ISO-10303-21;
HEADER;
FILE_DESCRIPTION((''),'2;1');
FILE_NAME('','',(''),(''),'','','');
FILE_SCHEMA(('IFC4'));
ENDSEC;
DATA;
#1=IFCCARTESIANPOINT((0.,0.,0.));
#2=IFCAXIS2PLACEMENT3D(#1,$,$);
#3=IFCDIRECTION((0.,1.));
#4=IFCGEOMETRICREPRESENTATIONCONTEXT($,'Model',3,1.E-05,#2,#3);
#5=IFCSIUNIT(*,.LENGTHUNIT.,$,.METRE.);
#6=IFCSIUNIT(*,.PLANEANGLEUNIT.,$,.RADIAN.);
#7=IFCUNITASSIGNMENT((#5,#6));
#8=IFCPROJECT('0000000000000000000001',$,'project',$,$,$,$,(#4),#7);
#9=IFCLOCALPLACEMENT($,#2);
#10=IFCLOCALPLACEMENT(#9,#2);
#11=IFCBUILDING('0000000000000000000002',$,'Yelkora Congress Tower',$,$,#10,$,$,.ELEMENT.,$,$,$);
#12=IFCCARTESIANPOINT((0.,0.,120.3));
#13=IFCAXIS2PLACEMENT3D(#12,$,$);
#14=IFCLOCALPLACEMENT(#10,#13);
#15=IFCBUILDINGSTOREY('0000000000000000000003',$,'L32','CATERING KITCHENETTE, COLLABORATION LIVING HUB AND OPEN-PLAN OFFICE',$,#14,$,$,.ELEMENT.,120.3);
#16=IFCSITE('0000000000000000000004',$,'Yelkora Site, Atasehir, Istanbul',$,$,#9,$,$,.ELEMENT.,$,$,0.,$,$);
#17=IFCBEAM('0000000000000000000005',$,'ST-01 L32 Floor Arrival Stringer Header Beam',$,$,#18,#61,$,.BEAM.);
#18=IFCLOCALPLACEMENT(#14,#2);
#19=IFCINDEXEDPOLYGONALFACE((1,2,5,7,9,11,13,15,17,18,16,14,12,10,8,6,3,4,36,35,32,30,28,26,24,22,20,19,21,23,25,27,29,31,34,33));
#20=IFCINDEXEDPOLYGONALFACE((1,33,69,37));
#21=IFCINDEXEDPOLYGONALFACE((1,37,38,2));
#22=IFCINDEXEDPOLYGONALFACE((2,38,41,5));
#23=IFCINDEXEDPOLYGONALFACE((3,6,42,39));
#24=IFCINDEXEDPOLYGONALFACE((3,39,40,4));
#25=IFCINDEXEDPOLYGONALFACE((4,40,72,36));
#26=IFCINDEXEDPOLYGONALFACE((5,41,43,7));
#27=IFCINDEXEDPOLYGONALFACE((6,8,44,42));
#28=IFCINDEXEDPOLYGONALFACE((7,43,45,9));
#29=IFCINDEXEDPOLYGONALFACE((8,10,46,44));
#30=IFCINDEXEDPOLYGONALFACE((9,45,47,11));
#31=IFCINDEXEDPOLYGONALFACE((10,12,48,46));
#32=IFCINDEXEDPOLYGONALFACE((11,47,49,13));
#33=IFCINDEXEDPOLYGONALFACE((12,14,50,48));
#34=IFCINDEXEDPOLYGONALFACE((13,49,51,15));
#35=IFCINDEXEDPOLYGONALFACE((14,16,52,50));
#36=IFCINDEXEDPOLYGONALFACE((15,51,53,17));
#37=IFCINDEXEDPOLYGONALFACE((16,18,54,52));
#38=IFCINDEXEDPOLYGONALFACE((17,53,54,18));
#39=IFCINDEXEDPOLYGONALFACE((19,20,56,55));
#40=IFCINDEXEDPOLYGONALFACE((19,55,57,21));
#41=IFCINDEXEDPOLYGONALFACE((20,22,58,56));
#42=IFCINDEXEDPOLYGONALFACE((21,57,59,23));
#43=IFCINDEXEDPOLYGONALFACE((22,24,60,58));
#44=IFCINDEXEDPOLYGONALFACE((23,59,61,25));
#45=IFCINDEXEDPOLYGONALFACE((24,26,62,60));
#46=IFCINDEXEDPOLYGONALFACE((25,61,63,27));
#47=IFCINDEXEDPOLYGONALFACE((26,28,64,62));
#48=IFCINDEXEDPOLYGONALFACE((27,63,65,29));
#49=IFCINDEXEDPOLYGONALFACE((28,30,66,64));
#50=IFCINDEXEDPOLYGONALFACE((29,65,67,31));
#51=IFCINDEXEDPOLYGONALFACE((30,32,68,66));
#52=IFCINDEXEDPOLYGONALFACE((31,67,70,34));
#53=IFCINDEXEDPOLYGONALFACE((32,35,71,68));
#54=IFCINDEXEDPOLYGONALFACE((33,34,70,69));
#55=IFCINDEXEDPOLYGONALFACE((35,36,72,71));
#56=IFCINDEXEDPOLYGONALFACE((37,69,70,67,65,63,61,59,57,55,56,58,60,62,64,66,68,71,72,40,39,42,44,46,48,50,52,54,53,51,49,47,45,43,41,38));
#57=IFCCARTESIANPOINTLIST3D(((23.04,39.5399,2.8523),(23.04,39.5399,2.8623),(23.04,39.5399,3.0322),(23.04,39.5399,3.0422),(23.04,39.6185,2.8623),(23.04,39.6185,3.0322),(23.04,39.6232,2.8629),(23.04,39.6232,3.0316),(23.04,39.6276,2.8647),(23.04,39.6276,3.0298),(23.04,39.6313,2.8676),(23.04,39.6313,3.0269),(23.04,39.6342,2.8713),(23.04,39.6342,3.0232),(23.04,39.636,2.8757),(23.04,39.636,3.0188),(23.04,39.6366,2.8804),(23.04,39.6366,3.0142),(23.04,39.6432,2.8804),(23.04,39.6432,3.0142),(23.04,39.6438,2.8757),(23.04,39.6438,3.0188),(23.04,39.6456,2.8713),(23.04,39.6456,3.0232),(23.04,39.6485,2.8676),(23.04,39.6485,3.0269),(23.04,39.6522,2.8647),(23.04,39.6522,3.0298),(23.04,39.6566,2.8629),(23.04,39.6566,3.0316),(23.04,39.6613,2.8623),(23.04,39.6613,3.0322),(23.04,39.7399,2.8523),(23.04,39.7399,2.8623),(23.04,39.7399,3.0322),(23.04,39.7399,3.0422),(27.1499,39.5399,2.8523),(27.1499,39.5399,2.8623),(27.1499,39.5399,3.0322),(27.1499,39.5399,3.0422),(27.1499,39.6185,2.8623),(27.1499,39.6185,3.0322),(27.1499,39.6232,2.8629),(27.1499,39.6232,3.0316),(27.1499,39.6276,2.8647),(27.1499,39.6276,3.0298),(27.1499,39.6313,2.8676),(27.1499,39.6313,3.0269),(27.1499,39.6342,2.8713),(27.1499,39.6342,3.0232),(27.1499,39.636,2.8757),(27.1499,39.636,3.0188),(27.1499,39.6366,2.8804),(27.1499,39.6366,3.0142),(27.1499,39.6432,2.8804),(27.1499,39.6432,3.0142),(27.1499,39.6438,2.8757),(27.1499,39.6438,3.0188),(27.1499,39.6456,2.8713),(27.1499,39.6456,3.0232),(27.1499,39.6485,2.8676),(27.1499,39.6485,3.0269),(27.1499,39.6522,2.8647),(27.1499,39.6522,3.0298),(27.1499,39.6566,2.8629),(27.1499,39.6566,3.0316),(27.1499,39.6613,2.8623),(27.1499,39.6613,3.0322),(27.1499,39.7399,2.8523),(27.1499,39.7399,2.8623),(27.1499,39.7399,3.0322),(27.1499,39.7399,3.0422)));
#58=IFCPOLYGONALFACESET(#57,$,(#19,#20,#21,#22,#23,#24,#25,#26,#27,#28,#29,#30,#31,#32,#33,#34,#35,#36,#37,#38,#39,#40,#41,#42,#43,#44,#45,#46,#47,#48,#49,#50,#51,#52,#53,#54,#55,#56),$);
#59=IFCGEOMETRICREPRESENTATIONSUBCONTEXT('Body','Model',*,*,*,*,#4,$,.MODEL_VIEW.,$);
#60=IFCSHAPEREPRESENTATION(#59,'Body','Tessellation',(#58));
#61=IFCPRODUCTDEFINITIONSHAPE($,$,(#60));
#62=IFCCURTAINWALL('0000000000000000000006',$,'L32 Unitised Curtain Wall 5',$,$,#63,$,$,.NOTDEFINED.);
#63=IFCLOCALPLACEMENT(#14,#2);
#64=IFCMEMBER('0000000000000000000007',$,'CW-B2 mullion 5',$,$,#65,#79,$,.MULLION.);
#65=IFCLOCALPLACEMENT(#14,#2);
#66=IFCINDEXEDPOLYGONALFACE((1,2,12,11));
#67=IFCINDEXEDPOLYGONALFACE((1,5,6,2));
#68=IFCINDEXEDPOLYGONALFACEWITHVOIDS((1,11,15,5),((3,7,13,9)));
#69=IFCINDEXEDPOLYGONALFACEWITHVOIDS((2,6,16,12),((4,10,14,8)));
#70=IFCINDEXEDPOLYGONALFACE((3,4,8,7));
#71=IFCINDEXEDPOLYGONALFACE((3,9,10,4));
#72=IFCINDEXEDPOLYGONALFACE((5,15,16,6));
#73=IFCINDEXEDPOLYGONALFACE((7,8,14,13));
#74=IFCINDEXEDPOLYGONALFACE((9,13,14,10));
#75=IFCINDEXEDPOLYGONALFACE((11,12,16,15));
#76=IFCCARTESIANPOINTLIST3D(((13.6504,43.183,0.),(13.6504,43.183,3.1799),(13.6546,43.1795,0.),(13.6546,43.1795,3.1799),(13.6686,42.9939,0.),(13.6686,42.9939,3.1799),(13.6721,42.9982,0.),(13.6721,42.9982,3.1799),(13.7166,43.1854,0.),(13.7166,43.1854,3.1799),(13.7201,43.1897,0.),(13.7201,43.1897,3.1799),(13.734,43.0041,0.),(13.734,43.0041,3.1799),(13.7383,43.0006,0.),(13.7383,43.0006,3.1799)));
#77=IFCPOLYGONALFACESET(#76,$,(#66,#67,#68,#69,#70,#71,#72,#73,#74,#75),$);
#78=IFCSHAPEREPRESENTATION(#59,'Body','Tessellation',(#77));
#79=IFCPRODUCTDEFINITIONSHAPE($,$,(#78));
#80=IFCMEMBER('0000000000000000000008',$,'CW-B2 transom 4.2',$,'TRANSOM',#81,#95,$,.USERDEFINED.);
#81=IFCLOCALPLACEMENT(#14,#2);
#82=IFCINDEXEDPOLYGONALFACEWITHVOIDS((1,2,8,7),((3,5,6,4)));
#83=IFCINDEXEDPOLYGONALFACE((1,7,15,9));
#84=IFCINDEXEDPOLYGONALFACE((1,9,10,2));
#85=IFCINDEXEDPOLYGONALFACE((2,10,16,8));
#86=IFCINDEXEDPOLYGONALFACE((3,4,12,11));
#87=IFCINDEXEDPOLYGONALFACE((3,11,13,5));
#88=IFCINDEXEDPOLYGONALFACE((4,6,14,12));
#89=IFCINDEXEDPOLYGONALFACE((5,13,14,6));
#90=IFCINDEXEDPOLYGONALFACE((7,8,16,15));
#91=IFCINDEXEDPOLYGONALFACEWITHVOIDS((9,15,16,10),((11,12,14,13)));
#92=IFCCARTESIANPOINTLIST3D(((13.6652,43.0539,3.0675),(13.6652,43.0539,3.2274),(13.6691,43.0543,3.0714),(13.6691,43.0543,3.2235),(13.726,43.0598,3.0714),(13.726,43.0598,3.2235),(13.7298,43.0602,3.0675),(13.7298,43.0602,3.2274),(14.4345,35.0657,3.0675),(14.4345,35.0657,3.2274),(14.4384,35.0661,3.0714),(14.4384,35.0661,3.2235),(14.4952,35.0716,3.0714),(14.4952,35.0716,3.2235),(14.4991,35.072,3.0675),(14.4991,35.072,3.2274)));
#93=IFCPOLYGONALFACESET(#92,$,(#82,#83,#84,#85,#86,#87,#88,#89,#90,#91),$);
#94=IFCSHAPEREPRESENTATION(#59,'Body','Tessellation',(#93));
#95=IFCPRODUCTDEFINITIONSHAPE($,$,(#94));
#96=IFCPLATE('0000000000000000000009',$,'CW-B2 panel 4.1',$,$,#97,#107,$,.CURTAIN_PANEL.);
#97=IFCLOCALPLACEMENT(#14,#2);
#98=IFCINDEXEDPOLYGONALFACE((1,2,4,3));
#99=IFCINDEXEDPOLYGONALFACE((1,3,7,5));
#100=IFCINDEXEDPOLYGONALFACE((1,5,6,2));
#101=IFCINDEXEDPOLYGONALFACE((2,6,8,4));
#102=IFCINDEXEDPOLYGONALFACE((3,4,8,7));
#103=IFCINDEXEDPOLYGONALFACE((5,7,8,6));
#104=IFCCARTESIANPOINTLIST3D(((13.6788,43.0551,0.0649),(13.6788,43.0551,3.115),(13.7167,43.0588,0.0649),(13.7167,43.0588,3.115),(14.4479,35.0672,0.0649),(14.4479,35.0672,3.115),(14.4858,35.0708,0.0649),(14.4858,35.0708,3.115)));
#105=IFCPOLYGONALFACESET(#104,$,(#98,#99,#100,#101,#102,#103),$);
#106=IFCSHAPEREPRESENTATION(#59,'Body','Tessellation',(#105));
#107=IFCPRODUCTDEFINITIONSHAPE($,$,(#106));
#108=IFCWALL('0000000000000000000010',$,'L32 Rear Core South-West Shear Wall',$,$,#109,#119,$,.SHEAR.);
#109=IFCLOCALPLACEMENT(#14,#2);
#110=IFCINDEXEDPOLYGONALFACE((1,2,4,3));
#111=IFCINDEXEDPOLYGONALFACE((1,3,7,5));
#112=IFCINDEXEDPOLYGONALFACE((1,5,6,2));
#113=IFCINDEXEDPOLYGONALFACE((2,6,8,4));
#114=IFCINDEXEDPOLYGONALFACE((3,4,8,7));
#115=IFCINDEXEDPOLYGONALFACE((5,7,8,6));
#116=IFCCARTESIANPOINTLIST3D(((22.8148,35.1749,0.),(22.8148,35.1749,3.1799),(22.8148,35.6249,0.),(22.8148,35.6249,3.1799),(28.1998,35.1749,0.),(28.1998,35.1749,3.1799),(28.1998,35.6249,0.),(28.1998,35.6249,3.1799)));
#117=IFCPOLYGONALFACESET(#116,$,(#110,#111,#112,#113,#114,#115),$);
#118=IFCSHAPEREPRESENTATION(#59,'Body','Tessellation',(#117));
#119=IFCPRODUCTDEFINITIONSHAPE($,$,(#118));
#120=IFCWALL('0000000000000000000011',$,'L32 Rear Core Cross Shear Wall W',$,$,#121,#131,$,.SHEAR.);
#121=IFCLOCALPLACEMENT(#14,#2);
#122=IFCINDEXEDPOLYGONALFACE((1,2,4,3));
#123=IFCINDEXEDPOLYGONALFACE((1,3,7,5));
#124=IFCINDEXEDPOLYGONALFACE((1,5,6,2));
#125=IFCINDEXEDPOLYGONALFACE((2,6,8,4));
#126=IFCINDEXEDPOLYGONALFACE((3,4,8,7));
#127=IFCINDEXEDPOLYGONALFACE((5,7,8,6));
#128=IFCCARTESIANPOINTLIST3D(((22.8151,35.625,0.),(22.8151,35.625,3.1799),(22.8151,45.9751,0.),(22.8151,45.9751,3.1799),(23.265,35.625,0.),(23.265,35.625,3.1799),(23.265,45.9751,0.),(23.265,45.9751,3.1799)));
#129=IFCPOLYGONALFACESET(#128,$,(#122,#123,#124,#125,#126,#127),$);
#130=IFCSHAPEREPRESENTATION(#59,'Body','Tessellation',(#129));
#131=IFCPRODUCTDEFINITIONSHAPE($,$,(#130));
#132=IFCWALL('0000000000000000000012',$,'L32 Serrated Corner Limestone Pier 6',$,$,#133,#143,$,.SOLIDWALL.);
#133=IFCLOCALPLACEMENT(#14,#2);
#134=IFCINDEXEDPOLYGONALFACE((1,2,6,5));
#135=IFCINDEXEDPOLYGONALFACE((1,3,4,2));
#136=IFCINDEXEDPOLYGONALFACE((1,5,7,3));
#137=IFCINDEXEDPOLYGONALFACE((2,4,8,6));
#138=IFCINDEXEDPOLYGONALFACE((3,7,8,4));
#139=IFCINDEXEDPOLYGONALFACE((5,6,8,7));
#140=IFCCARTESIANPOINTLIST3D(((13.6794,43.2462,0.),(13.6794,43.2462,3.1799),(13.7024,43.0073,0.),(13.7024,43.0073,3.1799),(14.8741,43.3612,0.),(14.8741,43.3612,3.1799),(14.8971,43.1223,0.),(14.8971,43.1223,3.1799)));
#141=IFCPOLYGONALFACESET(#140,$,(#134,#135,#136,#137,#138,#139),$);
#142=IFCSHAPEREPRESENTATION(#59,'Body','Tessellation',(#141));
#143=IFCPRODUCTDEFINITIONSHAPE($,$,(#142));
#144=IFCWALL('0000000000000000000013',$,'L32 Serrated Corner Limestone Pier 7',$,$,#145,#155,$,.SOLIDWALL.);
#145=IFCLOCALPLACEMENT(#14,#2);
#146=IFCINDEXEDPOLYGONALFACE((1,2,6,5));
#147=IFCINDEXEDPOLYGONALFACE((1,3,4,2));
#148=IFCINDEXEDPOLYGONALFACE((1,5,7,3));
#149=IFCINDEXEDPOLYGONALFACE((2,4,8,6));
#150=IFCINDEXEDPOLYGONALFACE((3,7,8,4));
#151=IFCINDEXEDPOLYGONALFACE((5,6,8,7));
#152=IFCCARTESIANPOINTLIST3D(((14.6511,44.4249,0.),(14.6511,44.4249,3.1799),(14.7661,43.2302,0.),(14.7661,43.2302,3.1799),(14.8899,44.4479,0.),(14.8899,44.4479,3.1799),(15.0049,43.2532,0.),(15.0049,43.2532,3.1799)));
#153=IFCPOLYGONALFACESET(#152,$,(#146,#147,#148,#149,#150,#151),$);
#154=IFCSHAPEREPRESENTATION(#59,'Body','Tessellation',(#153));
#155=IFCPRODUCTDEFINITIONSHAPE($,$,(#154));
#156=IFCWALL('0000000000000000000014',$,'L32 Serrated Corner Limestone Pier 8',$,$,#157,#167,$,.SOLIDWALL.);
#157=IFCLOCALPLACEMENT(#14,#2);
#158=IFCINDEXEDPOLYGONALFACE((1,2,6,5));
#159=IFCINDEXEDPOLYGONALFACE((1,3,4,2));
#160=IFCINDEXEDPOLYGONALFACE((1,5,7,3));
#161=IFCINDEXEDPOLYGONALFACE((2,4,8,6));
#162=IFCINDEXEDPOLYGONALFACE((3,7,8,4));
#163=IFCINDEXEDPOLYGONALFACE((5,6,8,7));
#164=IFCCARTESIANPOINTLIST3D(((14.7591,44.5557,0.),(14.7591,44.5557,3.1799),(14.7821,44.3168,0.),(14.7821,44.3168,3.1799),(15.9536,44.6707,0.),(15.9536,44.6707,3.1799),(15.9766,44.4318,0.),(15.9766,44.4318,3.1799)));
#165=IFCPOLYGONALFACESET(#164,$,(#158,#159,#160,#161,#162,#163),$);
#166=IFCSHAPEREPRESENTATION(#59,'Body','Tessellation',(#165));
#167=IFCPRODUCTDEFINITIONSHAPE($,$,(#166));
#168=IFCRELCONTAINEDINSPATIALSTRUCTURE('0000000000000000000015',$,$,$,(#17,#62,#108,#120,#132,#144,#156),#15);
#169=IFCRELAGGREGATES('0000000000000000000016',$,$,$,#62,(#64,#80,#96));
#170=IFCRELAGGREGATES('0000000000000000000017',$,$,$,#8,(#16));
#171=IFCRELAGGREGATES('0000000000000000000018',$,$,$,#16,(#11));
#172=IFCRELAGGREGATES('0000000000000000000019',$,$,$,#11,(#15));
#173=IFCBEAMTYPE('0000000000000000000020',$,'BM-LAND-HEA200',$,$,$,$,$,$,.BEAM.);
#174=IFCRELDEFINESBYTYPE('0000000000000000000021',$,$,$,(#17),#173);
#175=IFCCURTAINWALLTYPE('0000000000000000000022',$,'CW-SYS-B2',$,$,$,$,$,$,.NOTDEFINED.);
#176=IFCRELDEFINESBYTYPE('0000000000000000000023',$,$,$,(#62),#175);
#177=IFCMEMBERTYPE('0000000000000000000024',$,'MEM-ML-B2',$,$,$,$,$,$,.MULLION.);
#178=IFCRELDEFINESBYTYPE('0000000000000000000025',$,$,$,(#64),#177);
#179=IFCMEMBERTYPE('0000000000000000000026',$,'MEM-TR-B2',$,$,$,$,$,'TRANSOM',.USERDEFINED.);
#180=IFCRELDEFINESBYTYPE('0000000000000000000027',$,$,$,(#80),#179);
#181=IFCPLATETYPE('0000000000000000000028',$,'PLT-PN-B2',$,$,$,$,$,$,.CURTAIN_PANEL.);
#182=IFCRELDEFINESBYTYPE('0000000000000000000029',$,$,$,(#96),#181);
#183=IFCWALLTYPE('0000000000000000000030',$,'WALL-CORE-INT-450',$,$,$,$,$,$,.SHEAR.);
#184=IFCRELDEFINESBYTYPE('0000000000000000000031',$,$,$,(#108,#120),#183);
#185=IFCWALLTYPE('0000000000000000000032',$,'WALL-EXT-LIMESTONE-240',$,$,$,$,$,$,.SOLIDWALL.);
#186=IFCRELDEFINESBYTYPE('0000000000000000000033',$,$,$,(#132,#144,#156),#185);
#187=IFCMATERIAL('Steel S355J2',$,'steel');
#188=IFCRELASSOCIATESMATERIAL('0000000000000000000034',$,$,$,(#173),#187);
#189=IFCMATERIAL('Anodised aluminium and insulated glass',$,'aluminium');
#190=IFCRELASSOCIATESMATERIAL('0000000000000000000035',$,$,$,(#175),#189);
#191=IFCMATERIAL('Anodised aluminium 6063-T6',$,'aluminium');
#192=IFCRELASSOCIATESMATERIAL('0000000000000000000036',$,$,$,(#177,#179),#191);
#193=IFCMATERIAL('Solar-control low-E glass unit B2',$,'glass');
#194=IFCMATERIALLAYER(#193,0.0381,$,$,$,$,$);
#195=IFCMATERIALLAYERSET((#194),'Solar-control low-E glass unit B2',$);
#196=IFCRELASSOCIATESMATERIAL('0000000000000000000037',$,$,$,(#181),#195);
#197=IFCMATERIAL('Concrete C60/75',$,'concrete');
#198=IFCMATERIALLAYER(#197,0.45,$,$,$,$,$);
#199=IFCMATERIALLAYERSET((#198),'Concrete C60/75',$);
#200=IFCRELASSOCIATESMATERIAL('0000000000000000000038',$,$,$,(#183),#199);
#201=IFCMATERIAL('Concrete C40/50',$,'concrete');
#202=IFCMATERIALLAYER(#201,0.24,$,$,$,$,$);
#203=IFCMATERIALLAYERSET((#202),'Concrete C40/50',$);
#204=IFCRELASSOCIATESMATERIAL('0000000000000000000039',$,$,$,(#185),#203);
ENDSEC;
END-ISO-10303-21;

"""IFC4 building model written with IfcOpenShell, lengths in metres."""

from ifc_helpers import new_model, si_unit, direction, frame, frame_2d, origin, origin_2d, place, context, subcontext, project, spatial, rectangle, hollow_rectangle, i_section, extrude, material, layer, layer_set, material_profile, profile_set, type_object, element, aggregate, save


model = new_model("IFC4")

# Units and contexts
model_context = context("Model", 3, precision=1e-05, world=origin(), true_north=direction((0.0, 1.0)))
body_context = subcontext(model_context, "Body", "Model", "MODEL_VIEW")
ifc_project = project(units=[si_unit("LENGTHUNIT", "METRE"), si_unit("PLANEANGLEUNIT", "RADIAN")], contexts=[model_context])

# Site, building, storey
site_placement = place(None, origin())
site = spatial("IfcSite", under=ifc_project, at=site_placement, Name="Yelkora Site, Atasehir, Istanbul", CompositionType="ELEMENT", RefElevation=0.0)
building_placement = place(site_placement, origin())
building = spatial("IfcBuilding", under=site, at=building_placement, Name="Yelkora Congress Tower", CompositionType="ELEMENT")
storey_placement = place(building_placement, frame((0.0, 0.0, 120.3)))
storey = spatial("IfcBuildingStorey", under=building, at=storey_placement, Name="L32", Description="CATERING KITCHENETTE, COLLABORATION LIVING HUB AND OPEN-PLAN OFFICE", CompositionType="ELEMENT", Elevation=120.3)

# Beam
ifc_material_1 = material(Name="Steel S355J2", Category="steel")
ifc_material_profile_1 = material_profile(ifc_material_1, i_section(OverallWidth=0.2, OverallDepth=0.1899, WebThickness=0.0066, FlangeThickness=0.01, FilletRadius=0.0181, at=origin_2d()), Name="HEA 200")
ifc_profile_set_1 = profile_set([ifc_material_profile_1], Name="Steel S355J2")
beam_type_1 = type_object("IfcBeamType", Name="BM-LAND-HEA200", PredefinedType="BEAM", material=ifc_profile_set_1)
beam_1_placement = place(storey_placement, frame((23.04, 39.6399, 2.9473), z_axis=(1.0, 0.0, 0.0), x_axis=(0.0, 1.0, 0.0)))
element("IfcBeam", 1, at=beam_1_placement, inside=storey, type_object=beam_type_1, Name="ST-01 L32 Floor Arrival Stringer Header Beam", PredefinedType="BEAM", context=body_context, shape_type="SweptSolid", body=[
    extrude(i_section(OverallWidth=0.2, OverallDepth=0.1899, WebThickness=0.0066, FlangeThickness=0.01, FilletRadius=0.0181, at=origin_2d()), origin(), (0.0, 0.0, 1.0), 4.1099),
])

# Curtain wall, members, plate
ifc_material_2 = material(Name="Anodised aluminium and insulated glass", Category="aluminium")
curtain_wall_type = type_object("IfcCurtainWallType", Name="CW-SYS-B2", PredefinedType="NOTDEFINED", material=ifc_material_2)
curtain_wall_placement = place(storey_placement, origin())
curtain_wall = element("IfcCurtainWall", 2, at=curtain_wall_placement, inside=storey, type_object=curtain_wall_type, Name="L32 Unitised Curtain Wall 5", PredefinedType="NOTDEFINED")
ifc_material_3 = material(Name="Anodised aluminium 6063-T6", Category="aluminium")
ifc_material_profile_2 = material_profile(ifc_material_3, hollow_rectangle(XDim=0.0701, YDim=0.1899, WallThickness=0.0039, at=origin_2d()), Name="ALU 70x190x4")
ifc_profile_set_2 = profile_set([ifc_material_profile_2], Name="Anodised aluminium 6063-T6")
member_type_1 = type_object("IfcMemberType", Name="MEM-ML-B2", PredefinedType="MULLION", material=ifc_profile_set_2)
member_1_placement = place(storey_placement, frame((13.6943, 43.0918, 0.0), z_axis=(0.0, 0.0, 1.0), x_axis=(-0.995397, -0.095843, 0.0)))
member_1 = element("IfcMember", 3, at=member_1_placement, type_object=member_type_1, Name="CW-B2 mullion 5", PredefinedType="MULLION", context=body_context, shape_type="SweptSolid", body=[
    extrude(hollow_rectangle(XDim=0.0701, YDim=0.1899, WallThickness=0.0039, at=origin_2d()), origin(), (0.0, 0.0, 1.0), 3.1799),
])
ifc_material_profile_3 = material_profile(ifc_material_3, hollow_rectangle(XDim=0.0649, YDim=0.1599, WallThickness=0.0039, at=origin_2d()), Name="ALU 65x160x4")
ifc_profile_set_3 = profile_set([ifc_material_profile_3], Name="Anodised aluminium 6063-T6")
member_type_2 = type_object("IfcMemberType", Name="MEM-TR-B2", ElementType="TRANSOM", PredefinedType="USERDEFINED", material=ifc_profile_set_3)
member_2_placement = place(storey_placement, frame((14.4668, 35.0688, 3.1475), z_axis=(-0.095858, 0.995395, 0.0), x_axis=(-0.995395, -0.095858, 0.0)))
member_2 = element("IfcMember", 4, at=member_2_placement, type_object=member_type_2, Name="CW-B2 transom 4.2", ObjectType="TRANSOM", PredefinedType="USERDEFINED", context=body_context, shape_type="SweptSolid", body=[
    extrude(hollow_rectangle(XDim=0.0649, YDim=0.1599, WallThickness=0.0039, at=origin_2d()), origin(), (0.0, 0.0, 1.0), 8.0251),
])
ifc_material_4 = material(Name="Solar-control low-E glass unit B2", Category="glass")
ifc_layer_1 = layer(ifc_material_4, 0.0381)
ifc_layer_set_1 = layer_set([ifc_layer_1], Name="Solar-control low-E glass unit B2")
plate_type = type_object("IfcPlateType", Name="PLT-PN-B2", PredefinedType="CURTAIN_PANEL", material=ifc_layer_set_1)
plate_placement = place(storey_placement, frame((14.0823, 39.063, 0.0649), z_axis=(0.0, 0.0, 1.0), x_axis=(-0.095843, 0.995397, 0.0)))
plate = element("IfcPlate", 5, at=plate_placement, type_object=plate_type, Name="CW-B2 panel 4.1", PredefinedType="CURTAIN_PANEL", context=body_context, shape_type="SweptSolid", body=[
    extrude(rectangle(XDim=8.0249, YDim=0.0381, at=origin_2d()), origin(), (0.0, 0.0, 1.0), 3.05),
])
aggregate(curtain_wall, [member_1, member_2, plate])

# Walls
ifc_material_5 = material(Name="Concrete C60/75", Category="concrete")
ifc_layer_2 = layer(ifc_material_5, 0.45)
ifc_layer_set_2 = layer_set([ifc_layer_2], Name="Concrete C60/75")
wall_type_1 = type_object("IfcWallType", Name="WALL-CORE-INT-450", PredefinedType="SHEAR", material=ifc_layer_set_2)
wall_1_placement = place(storey_placement, frame((22.8149, 35.3999, 0.0), z_axis=(0.0, 0.0, 1.0), x_axis=(1.0, 0.0, 0.0)))
element("IfcWall", 6, at=wall_1_placement, inside=storey, type_object=wall_type_1, Name="L32 Rear Core South-West Shear Wall", PredefinedType="SHEAR", context=body_context, shape_type="SweptSolid", body=[
    extrude(rectangle(XDim=5.385, YDim=0.45, at=frame_2d((2.6924, 0.0))), origin(), (0.0, 0.0, 1.0), 3.1799),
])
wall_2_placement = place(storey_placement, frame((23.04, 35.625, 0.0), z_axis=(0.0, 0.0, 1.0), x_axis=(0.0, 1.0, 0.0)))
element("IfcWall", 7, at=wall_2_placement, inside=storey, type_object=wall_type_1, Name="L32 Rear Core Cross Shear Wall W", PredefinedType="SHEAR", context=body_context, shape_type="SweptSolid", body=[
    extrude(rectangle(XDim=10.3501, YDim=0.45, at=frame_2d((5.175, 0.0))), origin(), (0.0, 0.0, 1.0), 3.1799),
])
ifc_material_6 = material(Name="Concrete C40/50", Category="concrete")
ifc_layer_3 = layer(ifc_material_6, 0.24)
ifc_layer_set_3 = layer_set([ifc_layer_3], Name="Concrete C40/50")
wall_type_2 = type_object("IfcWallType", Name="WALL-EXT-LIMESTONE-240", PredefinedType="SOLIDWALL", material=ifc_layer_set_3)
for number, where, z_axis, x_axis, name in (
    (8, (13.6909, 43.1267, 0.0), (0.0, 0.0, 1.0), (0.995399, 0.095817, 0.0), "L32 Serrated Corner Limestone Pier 6"),
    (9, (14.8855, 43.2417, 0.0), (0.0, 0.0, 1.0), (-0.095817, 0.995399, 0.0), "L32 Serrated Corner Limestone Pier 7"),
):
    element("IfcWall", number, at=place(storey_placement, frame(where, z_axis=z_axis, x_axis=x_axis)), inside=storey, type_object=wall_type_2, Name=name, PredefinedType="SOLIDWALL", context=body_context, shape_type="SweptSolid", body=[
        extrude(rectangle(XDim=1.2002, YDim=0.24, at=frame_2d((0.6001, 0.0))), origin(), (0.0, 0.0, 1.0), 3.1799),
    ])
wall_3_placement = place(storey_placement, frame((14.7705, 44.4363, 0.0), z_axis=(0.0, 0.0, 1.0), x_axis=(0.995397, 0.095836, 0.0)))
element("IfcWall", 10, at=wall_3_placement, inside=storey, type_object=wall_type_2, Name="L32 Serrated Corner Limestone Pier 8", PredefinedType="SOLIDWALL", context=body_context, shape_type="SweptSolid", body=[
    extrude(rectangle(XDim=1.2, YDim=0.24, at=frame_2d((0.6001, 0.0))), origin(), (0.0, 0.0, 1.0), 3.1799),
])

save(model, "model.ifc")
